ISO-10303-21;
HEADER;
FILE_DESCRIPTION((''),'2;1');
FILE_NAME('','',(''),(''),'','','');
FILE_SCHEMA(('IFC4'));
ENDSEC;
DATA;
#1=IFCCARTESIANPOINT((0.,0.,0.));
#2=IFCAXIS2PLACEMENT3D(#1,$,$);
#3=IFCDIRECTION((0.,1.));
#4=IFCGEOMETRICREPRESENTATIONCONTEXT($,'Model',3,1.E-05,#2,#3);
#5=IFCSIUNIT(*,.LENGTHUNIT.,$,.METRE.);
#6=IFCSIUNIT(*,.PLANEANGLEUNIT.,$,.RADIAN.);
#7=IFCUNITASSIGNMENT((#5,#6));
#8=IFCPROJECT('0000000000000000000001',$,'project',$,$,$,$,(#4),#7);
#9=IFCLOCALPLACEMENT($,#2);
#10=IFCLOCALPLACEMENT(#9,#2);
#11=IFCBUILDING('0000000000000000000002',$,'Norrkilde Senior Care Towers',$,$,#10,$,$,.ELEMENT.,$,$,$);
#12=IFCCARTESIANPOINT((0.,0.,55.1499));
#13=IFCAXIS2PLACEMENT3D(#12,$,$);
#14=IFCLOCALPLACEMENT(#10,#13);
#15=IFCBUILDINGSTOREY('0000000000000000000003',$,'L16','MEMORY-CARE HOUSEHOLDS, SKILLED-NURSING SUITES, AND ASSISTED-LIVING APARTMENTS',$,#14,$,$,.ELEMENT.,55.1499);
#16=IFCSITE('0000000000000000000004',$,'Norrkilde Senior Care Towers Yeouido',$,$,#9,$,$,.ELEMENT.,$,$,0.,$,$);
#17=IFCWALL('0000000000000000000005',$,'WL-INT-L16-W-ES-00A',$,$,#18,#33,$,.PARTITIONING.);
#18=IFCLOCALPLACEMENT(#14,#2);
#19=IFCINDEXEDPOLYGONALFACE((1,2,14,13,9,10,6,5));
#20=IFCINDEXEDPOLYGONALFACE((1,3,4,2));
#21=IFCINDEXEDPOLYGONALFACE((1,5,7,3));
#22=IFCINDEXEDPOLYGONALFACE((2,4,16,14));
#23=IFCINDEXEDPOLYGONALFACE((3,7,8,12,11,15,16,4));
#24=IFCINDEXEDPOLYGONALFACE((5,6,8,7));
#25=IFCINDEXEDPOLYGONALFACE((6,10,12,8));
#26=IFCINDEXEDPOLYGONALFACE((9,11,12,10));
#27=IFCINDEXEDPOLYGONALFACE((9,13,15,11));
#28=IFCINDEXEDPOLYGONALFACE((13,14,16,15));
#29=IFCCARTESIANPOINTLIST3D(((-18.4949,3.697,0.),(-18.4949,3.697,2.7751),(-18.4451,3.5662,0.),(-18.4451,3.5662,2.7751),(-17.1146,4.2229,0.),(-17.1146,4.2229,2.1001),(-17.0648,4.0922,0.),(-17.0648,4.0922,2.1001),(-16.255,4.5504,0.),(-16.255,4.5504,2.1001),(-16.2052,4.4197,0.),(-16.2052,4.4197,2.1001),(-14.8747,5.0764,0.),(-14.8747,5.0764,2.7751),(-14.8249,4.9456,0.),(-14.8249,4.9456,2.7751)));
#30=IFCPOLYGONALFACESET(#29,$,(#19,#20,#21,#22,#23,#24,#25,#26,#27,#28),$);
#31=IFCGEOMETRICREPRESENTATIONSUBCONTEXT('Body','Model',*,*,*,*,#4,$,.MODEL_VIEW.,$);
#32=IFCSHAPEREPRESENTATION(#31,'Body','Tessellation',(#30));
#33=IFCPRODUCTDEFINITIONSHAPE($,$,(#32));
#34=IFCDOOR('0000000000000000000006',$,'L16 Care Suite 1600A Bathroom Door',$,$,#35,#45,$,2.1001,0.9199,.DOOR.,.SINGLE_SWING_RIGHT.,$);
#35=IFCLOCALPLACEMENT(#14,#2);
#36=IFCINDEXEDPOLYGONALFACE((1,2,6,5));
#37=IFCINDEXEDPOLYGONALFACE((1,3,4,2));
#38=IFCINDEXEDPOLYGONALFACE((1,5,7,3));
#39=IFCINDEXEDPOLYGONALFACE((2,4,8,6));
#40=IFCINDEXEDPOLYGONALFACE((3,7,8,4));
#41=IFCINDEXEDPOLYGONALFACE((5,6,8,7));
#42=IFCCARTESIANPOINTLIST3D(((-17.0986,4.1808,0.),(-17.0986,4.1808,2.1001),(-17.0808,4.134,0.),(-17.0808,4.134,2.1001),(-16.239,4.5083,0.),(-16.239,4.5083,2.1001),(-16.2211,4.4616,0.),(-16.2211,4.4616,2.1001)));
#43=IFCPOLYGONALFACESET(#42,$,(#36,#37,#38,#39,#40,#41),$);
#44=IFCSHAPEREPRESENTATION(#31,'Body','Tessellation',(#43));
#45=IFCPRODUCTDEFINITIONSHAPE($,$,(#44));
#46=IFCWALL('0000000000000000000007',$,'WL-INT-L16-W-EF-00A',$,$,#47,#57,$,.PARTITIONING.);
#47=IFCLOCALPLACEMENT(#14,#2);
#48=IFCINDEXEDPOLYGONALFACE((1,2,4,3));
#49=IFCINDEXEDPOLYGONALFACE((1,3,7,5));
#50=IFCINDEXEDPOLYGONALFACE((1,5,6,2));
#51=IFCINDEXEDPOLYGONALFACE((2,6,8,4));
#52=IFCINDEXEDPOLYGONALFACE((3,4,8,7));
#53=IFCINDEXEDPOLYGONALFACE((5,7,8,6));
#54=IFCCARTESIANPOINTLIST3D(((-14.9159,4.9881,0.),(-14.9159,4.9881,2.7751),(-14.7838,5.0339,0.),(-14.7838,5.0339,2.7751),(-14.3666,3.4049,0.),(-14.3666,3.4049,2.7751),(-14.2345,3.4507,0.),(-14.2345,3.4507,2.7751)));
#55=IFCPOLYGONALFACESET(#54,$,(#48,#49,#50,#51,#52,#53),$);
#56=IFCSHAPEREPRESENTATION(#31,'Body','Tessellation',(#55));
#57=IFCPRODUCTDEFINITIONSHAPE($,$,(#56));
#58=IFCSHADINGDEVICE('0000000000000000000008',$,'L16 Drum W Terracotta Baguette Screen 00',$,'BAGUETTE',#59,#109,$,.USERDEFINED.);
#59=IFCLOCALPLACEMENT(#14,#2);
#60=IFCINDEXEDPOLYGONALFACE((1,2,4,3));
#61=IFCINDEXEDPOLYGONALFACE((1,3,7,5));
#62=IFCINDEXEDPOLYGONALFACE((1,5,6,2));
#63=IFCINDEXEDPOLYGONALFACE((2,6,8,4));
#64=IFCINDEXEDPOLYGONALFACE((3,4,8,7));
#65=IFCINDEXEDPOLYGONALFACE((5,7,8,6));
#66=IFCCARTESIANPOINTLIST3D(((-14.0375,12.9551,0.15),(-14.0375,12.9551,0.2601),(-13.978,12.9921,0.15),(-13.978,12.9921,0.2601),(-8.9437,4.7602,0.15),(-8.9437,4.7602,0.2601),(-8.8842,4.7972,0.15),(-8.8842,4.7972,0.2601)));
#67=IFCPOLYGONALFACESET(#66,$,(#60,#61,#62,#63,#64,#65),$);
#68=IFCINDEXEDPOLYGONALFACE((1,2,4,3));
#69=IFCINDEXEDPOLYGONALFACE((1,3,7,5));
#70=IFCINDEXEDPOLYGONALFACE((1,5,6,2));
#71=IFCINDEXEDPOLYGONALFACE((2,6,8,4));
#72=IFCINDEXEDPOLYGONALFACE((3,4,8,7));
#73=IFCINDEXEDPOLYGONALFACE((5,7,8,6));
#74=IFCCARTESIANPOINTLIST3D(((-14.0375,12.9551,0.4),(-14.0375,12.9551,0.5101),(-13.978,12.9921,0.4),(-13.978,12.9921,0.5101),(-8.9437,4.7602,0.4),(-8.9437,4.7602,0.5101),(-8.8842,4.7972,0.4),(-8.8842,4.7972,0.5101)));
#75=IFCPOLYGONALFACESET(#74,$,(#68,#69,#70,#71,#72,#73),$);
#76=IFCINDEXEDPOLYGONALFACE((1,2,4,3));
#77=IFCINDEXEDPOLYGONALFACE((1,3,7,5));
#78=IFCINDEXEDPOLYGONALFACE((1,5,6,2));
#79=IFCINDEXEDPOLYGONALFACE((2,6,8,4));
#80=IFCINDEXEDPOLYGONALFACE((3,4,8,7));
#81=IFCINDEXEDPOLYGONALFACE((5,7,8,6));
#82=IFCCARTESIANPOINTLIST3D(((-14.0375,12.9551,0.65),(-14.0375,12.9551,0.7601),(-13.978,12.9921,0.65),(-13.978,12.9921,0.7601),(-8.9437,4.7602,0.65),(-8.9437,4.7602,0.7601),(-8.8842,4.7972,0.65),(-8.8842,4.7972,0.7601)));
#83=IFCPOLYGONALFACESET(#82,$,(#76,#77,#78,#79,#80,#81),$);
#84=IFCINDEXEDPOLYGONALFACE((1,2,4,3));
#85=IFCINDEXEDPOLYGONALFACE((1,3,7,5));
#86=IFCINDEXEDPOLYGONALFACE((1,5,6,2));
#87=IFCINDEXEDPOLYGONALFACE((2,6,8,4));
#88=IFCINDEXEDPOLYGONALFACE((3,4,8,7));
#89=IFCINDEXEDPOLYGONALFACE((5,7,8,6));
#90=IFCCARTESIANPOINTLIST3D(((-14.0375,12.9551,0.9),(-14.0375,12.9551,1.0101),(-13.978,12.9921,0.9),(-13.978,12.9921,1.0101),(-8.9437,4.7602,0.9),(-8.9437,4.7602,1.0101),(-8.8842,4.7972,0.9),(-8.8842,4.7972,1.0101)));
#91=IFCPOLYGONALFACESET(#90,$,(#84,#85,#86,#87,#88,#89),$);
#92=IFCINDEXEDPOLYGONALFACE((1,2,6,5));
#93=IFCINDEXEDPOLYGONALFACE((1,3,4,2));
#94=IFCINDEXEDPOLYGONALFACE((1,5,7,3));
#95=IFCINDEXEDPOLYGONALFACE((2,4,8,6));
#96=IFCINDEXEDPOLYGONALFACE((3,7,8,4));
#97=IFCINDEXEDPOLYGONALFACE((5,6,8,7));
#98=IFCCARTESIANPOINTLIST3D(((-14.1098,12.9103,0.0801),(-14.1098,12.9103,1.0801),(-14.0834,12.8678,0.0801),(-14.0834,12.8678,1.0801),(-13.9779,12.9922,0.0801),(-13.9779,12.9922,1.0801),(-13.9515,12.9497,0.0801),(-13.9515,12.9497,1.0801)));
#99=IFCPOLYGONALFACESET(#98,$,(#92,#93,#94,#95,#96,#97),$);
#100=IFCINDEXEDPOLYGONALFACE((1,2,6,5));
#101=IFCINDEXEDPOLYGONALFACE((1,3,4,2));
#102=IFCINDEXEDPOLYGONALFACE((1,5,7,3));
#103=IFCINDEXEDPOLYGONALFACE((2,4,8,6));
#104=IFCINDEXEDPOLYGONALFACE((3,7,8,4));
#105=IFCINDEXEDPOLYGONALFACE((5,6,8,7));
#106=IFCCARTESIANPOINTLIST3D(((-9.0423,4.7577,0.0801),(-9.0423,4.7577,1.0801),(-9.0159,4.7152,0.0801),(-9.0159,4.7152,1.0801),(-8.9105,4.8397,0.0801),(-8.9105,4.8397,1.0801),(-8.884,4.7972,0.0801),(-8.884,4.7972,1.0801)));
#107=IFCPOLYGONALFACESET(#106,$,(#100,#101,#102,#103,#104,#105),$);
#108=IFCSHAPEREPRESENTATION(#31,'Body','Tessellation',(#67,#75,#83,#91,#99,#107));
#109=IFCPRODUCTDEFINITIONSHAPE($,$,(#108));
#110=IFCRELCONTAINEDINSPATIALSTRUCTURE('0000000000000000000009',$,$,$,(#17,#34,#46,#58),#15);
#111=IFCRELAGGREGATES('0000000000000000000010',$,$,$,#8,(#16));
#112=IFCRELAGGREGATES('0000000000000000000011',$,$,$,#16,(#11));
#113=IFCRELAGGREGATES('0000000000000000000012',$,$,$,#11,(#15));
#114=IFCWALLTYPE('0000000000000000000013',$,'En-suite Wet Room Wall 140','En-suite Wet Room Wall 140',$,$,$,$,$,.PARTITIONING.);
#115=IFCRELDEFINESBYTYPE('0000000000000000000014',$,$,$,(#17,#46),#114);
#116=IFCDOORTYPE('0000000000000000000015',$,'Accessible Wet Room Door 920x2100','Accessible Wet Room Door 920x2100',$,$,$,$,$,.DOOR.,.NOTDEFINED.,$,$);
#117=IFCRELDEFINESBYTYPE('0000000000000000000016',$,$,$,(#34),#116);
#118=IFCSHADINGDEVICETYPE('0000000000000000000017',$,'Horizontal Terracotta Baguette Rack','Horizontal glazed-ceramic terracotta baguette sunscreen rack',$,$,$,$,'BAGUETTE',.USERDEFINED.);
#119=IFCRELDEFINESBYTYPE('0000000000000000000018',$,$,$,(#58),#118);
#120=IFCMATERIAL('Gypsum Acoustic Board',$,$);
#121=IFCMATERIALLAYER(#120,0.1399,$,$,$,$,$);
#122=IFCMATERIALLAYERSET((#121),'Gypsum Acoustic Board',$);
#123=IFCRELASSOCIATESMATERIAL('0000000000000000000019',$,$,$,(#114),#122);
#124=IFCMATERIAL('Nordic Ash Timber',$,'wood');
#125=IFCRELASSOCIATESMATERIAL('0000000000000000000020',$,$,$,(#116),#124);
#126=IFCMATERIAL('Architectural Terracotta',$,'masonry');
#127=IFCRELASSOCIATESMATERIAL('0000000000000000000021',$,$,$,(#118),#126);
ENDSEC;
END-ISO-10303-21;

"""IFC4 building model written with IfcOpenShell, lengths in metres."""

from ifc_helpers import new_model, si_unit, direction, frame, frame_2d, origin, origin_2d, place, context, subcontext, project, spatial, rectangle, extrude, source, transform, mapped, material, layer, layer_set, type_object, type_shapes, element, fill, save


model = new_model("IFC4")

# Units and contexts
model_context = context("Model", 3, precision=1e-05, world=origin(), true_north=direction((0.0, 1.0)))
body_context = subcontext(model_context, "Body", "Model", "MODEL_VIEW")
ifc_project = project(units=[si_unit("LENGTHUNIT", "METRE"), si_unit("PLANEANGLEUNIT", "RADIAN")], contexts=[model_context])

# Site, building, storey
site_placement = place(None, origin())
site = spatial("IfcSite", under=ifc_project, at=site_placement, Name="Norrkilde Senior Care Towers Yeouido", CompositionType="ELEMENT", RefElevation=0.0)
building_placement = place(site_placement, origin())
building = spatial("IfcBuilding", under=site, at=building_placement, Name="Norrkilde Senior Care Towers", CompositionType="ELEMENT")
storey_placement = place(building_placement, frame((0.0, 0.0, 55.1499)))
storey = spatial("IfcBuildingStorey", under=building, at=storey_placement, Name="L16", Description="MEMORY-CARE HOUSEHOLDS, SKILLED-NURSING SUITES, AND ASSISTED-LIVING APARTMENTS", CompositionType="ELEMENT", Elevation=55.1499)

# Shared definitions
ifc_material_1 = material(Name="Gypsum Acoustic Board")
ifc_material_2 = material(Name="Nordic Ash Timber", Category="wood")

# Shared definitions
ifc_layer_1 = layer(ifc_material_1, 0.1399)
ifc_layer_set_1 = layer_set([ifc_layer_1], Name="Gypsum Acoustic Board")
wall_type_1 = type_object("IfcWallType", Name="En-suite Wet Room Wall 140", Description="En-suite Wet Room Wall 140", PredefinedType="PARTITIONING", material=ifc_layer_set_1)

# Wall, opening, door
shared_shape_1 = source(origin(), body_context, "Body", "SweptSolid", [
    extrude(rectangle(XDim=3.874, YDim=0.1399, at=frame_2d((1.937, 0.0))), origin(), (0.0, 0.0, 1.0), 2.7751),
])
wall_1_placement = place(storey_placement, frame((-18.47, 3.6316, 0.0), z_axis=(0.0, 0.0, 1.0), x_axis=(0.934462, 0.356063, 0.0)))
wall_1 = element("IfcWall", 1, at=wall_1_placement, inside=storey, type_object=wall_type_1, Name="WL-INT-L16-W-ES-00A", PredefinedType="PARTITIONING", context=body_context, shape_type="MappedRepresentation", body=[
    mapped(shared_shape_1, transform((0.0, 0.0, 0.0), x_axis=(1.0, 0.0, 0.0), y_axis=(0.0, 1.0, 0.0), z_axis=(0.0, 0.0, 1.0), scale=1.0)),
])
opening_1_placement = place(wall_1_placement, frame((1.4771, 0.0, 0.0)))
opening_1 = element("IfcOpeningElement", 2, at=opening_1_placement, cuts=wall_1, PredefinedType="OPENING", context=body_context, shape_type="SweptSolid", body=[
    extrude(rectangle(XDim=0.9199, YDim=2.1001, at=frame_2d((0.46, 1.05))), frame((0.0, 0.0798, 0.0), z_axis=(0.0, -1.0, 0.0), x_axis=(1.0, 0.0, 0.0)), (0.0, 0.0, 1.0), 0.1599),
])
door_type_1 = type_object("IfcDoorType", Name="Accessible Wet Room Door 920x2100", Description="Accessible Wet Room Door 920x2100", OperationType="NOTDEFINED", PredefinedType="DOOR", material=ifc_material_2)
shared_shape_2 = source(origin(), body_context, "Body", "SweptSolid", [
    extrude(rectangle(XDim=0.9199, YDim=2.1001, at=frame_2d((0.46, 1.05))), frame((0.0, 0.0249, 0.0), z_axis=(0.0, -1.0, 0.0), x_axis=(1.0, 0.0, 0.0)), (0.0, 0.0, 1.0), 0.05),
])
type_shapes(door_type_1, [shared_shape_2])
door_1_placement = place(opening_1_placement, origin())
door_1 = element("IfcDoor", 3, at=door_1_placement, inside=storey, type_object=door_type_1, Name="L16 Care Suite 1600A Bathroom Door", OperationType="SINGLE_SWING_RIGHT", OverallHeight=2.1001, OverallWidth=0.9199, PredefinedType="DOOR", context=body_context, shape_type="MappedRepresentation", body=[
    mapped(shared_shape_2, transform((0.0, 0.0, 0.0), x_axis=(1.0, 0.0, 0.0), y_axis=(0.0, 1.0, 0.0), z_axis=(0.0, 0.0, 1.0), scale=1.0)),
])
fill(opening_1, door_1)

# Wall
shared_shape_3 = source(origin(), body_context, "Body", "SweptSolid", [
    extrude(rectangle(XDim=1.6758, YDim=0.1399, at=frame_2d((0.8379, 0.0))), origin(), (0.0, 0.0, 1.0), 2.7751),
])
wall_2_placement = place(storey_placement, frame((-14.8499, 5.011, 0.0), z_axis=(0.0, 0.0, 1.0), x_axis=(0.327786, -0.944752, 0.0)))
element("IfcWall", 4, at=wall_2_placement, inside=storey, type_object=wall_type_1, Name="WL-INT-L16-W-EF-00A", PredefinedType="PARTITIONING", context=body_context, shape_type="MappedRepresentation", body=[
    mapped(shared_shape_3, transform((0.0, 0.0, 0.0), x_axis=(1.0, 0.0, 0.0), y_axis=(0.0, 1.0, 0.0), z_axis=(0.0, 0.0, 1.0), scale=1.0)),
])

# Shading device
ifc_material_3 = material(Name="Architectural Terracotta", Category="masonry")
shading_device_type = type_object("IfcShadingDeviceType", Name="Horizontal Terracotta Baguette Rack", Description="Horizontal glazed-ceramic terracotta baguette sunscreen rack", ElementType="BAGUETTE", PredefinedType="USERDEFINED", material=ifc_material_3)
shared_shape_4 = source(origin(), body_context, "Body", "SweptSolid", [
    extrude(rectangle(XDim=0.0701, YDim=0.1101, at=origin_2d()), frame((0.0, 0.0901, 0.125), z_axis=(1.0, 0.0, 0.0), x_axis=(0.0, 1.0, 0.0)), (0.0, 0.0, 1.0), 9.6489),
    extrude(rectangle(XDim=0.0701, YDim=0.1101, at=origin_2d()), frame((0.0, 0.0901, 0.375), z_axis=(1.0, 0.0, 0.0), x_axis=(0.0, 1.0, 0.0)), (0.0, 0.0, 1.0), 9.6489),
    extrude(rectangle(XDim=0.0701, YDim=0.1101, at=origin_2d()), frame((0.0, 0.0901, 0.625), z_axis=(1.0, 0.0, 0.0), x_axis=(0.0, 1.0, 0.0)), (0.0, 0.0, 1.0), 9.6489),
    extrude(rectangle(XDim=0.0701, YDim=0.1101, at=origin_2d()), frame((0.0, 0.0901, 0.875), z_axis=(1.0, 0.0, 0.0), x_axis=(0.0, 1.0, 0.0)), (0.0, 0.0, 1.0), 9.6489),
    extrude(rectangle(XDim=0.05, YDim=0.1553, at=origin_2d()), frame((0.0249, 0.0476, 0.0)), (0.0, 0.0, 1.0), 1.0),
    extrude(rectangle(XDim=0.05, YDim=0.1553, at=origin_2d()), frame((9.624, 0.0476, 0.0)), (0.0, 0.0, 1.0), 1.0),
])
type_shapes(shading_device_type, [shared_shape_4])
shading_device_placement = place(storey_placement, frame((-14.0842, 12.926, 0.0801), z_axis=(0.0, 0.0, 1.0), x_axis=(0.527909, -0.849299, 0.0)))
element("IfcShadingDevice", 5, at=shading_device_placement, inside=storey, type_object=shading_device_type, Name="L16 Drum W Terracotta Baguette Screen 00", ObjectType="BAGUETTE", PredefinedType="USERDEFINED", context=body_context, shape_type="MappedRepresentation", body=[
    mapped(shared_shape_4, transform((0.0, 0.0, 0.0), x_axis=(1.0, 0.0, 0.0), y_axis=(0.0, 1.0, 0.0), z_axis=(0.0, 0.0, 1.0), scale=1.0)),
])

save(model, "model.ifc")
